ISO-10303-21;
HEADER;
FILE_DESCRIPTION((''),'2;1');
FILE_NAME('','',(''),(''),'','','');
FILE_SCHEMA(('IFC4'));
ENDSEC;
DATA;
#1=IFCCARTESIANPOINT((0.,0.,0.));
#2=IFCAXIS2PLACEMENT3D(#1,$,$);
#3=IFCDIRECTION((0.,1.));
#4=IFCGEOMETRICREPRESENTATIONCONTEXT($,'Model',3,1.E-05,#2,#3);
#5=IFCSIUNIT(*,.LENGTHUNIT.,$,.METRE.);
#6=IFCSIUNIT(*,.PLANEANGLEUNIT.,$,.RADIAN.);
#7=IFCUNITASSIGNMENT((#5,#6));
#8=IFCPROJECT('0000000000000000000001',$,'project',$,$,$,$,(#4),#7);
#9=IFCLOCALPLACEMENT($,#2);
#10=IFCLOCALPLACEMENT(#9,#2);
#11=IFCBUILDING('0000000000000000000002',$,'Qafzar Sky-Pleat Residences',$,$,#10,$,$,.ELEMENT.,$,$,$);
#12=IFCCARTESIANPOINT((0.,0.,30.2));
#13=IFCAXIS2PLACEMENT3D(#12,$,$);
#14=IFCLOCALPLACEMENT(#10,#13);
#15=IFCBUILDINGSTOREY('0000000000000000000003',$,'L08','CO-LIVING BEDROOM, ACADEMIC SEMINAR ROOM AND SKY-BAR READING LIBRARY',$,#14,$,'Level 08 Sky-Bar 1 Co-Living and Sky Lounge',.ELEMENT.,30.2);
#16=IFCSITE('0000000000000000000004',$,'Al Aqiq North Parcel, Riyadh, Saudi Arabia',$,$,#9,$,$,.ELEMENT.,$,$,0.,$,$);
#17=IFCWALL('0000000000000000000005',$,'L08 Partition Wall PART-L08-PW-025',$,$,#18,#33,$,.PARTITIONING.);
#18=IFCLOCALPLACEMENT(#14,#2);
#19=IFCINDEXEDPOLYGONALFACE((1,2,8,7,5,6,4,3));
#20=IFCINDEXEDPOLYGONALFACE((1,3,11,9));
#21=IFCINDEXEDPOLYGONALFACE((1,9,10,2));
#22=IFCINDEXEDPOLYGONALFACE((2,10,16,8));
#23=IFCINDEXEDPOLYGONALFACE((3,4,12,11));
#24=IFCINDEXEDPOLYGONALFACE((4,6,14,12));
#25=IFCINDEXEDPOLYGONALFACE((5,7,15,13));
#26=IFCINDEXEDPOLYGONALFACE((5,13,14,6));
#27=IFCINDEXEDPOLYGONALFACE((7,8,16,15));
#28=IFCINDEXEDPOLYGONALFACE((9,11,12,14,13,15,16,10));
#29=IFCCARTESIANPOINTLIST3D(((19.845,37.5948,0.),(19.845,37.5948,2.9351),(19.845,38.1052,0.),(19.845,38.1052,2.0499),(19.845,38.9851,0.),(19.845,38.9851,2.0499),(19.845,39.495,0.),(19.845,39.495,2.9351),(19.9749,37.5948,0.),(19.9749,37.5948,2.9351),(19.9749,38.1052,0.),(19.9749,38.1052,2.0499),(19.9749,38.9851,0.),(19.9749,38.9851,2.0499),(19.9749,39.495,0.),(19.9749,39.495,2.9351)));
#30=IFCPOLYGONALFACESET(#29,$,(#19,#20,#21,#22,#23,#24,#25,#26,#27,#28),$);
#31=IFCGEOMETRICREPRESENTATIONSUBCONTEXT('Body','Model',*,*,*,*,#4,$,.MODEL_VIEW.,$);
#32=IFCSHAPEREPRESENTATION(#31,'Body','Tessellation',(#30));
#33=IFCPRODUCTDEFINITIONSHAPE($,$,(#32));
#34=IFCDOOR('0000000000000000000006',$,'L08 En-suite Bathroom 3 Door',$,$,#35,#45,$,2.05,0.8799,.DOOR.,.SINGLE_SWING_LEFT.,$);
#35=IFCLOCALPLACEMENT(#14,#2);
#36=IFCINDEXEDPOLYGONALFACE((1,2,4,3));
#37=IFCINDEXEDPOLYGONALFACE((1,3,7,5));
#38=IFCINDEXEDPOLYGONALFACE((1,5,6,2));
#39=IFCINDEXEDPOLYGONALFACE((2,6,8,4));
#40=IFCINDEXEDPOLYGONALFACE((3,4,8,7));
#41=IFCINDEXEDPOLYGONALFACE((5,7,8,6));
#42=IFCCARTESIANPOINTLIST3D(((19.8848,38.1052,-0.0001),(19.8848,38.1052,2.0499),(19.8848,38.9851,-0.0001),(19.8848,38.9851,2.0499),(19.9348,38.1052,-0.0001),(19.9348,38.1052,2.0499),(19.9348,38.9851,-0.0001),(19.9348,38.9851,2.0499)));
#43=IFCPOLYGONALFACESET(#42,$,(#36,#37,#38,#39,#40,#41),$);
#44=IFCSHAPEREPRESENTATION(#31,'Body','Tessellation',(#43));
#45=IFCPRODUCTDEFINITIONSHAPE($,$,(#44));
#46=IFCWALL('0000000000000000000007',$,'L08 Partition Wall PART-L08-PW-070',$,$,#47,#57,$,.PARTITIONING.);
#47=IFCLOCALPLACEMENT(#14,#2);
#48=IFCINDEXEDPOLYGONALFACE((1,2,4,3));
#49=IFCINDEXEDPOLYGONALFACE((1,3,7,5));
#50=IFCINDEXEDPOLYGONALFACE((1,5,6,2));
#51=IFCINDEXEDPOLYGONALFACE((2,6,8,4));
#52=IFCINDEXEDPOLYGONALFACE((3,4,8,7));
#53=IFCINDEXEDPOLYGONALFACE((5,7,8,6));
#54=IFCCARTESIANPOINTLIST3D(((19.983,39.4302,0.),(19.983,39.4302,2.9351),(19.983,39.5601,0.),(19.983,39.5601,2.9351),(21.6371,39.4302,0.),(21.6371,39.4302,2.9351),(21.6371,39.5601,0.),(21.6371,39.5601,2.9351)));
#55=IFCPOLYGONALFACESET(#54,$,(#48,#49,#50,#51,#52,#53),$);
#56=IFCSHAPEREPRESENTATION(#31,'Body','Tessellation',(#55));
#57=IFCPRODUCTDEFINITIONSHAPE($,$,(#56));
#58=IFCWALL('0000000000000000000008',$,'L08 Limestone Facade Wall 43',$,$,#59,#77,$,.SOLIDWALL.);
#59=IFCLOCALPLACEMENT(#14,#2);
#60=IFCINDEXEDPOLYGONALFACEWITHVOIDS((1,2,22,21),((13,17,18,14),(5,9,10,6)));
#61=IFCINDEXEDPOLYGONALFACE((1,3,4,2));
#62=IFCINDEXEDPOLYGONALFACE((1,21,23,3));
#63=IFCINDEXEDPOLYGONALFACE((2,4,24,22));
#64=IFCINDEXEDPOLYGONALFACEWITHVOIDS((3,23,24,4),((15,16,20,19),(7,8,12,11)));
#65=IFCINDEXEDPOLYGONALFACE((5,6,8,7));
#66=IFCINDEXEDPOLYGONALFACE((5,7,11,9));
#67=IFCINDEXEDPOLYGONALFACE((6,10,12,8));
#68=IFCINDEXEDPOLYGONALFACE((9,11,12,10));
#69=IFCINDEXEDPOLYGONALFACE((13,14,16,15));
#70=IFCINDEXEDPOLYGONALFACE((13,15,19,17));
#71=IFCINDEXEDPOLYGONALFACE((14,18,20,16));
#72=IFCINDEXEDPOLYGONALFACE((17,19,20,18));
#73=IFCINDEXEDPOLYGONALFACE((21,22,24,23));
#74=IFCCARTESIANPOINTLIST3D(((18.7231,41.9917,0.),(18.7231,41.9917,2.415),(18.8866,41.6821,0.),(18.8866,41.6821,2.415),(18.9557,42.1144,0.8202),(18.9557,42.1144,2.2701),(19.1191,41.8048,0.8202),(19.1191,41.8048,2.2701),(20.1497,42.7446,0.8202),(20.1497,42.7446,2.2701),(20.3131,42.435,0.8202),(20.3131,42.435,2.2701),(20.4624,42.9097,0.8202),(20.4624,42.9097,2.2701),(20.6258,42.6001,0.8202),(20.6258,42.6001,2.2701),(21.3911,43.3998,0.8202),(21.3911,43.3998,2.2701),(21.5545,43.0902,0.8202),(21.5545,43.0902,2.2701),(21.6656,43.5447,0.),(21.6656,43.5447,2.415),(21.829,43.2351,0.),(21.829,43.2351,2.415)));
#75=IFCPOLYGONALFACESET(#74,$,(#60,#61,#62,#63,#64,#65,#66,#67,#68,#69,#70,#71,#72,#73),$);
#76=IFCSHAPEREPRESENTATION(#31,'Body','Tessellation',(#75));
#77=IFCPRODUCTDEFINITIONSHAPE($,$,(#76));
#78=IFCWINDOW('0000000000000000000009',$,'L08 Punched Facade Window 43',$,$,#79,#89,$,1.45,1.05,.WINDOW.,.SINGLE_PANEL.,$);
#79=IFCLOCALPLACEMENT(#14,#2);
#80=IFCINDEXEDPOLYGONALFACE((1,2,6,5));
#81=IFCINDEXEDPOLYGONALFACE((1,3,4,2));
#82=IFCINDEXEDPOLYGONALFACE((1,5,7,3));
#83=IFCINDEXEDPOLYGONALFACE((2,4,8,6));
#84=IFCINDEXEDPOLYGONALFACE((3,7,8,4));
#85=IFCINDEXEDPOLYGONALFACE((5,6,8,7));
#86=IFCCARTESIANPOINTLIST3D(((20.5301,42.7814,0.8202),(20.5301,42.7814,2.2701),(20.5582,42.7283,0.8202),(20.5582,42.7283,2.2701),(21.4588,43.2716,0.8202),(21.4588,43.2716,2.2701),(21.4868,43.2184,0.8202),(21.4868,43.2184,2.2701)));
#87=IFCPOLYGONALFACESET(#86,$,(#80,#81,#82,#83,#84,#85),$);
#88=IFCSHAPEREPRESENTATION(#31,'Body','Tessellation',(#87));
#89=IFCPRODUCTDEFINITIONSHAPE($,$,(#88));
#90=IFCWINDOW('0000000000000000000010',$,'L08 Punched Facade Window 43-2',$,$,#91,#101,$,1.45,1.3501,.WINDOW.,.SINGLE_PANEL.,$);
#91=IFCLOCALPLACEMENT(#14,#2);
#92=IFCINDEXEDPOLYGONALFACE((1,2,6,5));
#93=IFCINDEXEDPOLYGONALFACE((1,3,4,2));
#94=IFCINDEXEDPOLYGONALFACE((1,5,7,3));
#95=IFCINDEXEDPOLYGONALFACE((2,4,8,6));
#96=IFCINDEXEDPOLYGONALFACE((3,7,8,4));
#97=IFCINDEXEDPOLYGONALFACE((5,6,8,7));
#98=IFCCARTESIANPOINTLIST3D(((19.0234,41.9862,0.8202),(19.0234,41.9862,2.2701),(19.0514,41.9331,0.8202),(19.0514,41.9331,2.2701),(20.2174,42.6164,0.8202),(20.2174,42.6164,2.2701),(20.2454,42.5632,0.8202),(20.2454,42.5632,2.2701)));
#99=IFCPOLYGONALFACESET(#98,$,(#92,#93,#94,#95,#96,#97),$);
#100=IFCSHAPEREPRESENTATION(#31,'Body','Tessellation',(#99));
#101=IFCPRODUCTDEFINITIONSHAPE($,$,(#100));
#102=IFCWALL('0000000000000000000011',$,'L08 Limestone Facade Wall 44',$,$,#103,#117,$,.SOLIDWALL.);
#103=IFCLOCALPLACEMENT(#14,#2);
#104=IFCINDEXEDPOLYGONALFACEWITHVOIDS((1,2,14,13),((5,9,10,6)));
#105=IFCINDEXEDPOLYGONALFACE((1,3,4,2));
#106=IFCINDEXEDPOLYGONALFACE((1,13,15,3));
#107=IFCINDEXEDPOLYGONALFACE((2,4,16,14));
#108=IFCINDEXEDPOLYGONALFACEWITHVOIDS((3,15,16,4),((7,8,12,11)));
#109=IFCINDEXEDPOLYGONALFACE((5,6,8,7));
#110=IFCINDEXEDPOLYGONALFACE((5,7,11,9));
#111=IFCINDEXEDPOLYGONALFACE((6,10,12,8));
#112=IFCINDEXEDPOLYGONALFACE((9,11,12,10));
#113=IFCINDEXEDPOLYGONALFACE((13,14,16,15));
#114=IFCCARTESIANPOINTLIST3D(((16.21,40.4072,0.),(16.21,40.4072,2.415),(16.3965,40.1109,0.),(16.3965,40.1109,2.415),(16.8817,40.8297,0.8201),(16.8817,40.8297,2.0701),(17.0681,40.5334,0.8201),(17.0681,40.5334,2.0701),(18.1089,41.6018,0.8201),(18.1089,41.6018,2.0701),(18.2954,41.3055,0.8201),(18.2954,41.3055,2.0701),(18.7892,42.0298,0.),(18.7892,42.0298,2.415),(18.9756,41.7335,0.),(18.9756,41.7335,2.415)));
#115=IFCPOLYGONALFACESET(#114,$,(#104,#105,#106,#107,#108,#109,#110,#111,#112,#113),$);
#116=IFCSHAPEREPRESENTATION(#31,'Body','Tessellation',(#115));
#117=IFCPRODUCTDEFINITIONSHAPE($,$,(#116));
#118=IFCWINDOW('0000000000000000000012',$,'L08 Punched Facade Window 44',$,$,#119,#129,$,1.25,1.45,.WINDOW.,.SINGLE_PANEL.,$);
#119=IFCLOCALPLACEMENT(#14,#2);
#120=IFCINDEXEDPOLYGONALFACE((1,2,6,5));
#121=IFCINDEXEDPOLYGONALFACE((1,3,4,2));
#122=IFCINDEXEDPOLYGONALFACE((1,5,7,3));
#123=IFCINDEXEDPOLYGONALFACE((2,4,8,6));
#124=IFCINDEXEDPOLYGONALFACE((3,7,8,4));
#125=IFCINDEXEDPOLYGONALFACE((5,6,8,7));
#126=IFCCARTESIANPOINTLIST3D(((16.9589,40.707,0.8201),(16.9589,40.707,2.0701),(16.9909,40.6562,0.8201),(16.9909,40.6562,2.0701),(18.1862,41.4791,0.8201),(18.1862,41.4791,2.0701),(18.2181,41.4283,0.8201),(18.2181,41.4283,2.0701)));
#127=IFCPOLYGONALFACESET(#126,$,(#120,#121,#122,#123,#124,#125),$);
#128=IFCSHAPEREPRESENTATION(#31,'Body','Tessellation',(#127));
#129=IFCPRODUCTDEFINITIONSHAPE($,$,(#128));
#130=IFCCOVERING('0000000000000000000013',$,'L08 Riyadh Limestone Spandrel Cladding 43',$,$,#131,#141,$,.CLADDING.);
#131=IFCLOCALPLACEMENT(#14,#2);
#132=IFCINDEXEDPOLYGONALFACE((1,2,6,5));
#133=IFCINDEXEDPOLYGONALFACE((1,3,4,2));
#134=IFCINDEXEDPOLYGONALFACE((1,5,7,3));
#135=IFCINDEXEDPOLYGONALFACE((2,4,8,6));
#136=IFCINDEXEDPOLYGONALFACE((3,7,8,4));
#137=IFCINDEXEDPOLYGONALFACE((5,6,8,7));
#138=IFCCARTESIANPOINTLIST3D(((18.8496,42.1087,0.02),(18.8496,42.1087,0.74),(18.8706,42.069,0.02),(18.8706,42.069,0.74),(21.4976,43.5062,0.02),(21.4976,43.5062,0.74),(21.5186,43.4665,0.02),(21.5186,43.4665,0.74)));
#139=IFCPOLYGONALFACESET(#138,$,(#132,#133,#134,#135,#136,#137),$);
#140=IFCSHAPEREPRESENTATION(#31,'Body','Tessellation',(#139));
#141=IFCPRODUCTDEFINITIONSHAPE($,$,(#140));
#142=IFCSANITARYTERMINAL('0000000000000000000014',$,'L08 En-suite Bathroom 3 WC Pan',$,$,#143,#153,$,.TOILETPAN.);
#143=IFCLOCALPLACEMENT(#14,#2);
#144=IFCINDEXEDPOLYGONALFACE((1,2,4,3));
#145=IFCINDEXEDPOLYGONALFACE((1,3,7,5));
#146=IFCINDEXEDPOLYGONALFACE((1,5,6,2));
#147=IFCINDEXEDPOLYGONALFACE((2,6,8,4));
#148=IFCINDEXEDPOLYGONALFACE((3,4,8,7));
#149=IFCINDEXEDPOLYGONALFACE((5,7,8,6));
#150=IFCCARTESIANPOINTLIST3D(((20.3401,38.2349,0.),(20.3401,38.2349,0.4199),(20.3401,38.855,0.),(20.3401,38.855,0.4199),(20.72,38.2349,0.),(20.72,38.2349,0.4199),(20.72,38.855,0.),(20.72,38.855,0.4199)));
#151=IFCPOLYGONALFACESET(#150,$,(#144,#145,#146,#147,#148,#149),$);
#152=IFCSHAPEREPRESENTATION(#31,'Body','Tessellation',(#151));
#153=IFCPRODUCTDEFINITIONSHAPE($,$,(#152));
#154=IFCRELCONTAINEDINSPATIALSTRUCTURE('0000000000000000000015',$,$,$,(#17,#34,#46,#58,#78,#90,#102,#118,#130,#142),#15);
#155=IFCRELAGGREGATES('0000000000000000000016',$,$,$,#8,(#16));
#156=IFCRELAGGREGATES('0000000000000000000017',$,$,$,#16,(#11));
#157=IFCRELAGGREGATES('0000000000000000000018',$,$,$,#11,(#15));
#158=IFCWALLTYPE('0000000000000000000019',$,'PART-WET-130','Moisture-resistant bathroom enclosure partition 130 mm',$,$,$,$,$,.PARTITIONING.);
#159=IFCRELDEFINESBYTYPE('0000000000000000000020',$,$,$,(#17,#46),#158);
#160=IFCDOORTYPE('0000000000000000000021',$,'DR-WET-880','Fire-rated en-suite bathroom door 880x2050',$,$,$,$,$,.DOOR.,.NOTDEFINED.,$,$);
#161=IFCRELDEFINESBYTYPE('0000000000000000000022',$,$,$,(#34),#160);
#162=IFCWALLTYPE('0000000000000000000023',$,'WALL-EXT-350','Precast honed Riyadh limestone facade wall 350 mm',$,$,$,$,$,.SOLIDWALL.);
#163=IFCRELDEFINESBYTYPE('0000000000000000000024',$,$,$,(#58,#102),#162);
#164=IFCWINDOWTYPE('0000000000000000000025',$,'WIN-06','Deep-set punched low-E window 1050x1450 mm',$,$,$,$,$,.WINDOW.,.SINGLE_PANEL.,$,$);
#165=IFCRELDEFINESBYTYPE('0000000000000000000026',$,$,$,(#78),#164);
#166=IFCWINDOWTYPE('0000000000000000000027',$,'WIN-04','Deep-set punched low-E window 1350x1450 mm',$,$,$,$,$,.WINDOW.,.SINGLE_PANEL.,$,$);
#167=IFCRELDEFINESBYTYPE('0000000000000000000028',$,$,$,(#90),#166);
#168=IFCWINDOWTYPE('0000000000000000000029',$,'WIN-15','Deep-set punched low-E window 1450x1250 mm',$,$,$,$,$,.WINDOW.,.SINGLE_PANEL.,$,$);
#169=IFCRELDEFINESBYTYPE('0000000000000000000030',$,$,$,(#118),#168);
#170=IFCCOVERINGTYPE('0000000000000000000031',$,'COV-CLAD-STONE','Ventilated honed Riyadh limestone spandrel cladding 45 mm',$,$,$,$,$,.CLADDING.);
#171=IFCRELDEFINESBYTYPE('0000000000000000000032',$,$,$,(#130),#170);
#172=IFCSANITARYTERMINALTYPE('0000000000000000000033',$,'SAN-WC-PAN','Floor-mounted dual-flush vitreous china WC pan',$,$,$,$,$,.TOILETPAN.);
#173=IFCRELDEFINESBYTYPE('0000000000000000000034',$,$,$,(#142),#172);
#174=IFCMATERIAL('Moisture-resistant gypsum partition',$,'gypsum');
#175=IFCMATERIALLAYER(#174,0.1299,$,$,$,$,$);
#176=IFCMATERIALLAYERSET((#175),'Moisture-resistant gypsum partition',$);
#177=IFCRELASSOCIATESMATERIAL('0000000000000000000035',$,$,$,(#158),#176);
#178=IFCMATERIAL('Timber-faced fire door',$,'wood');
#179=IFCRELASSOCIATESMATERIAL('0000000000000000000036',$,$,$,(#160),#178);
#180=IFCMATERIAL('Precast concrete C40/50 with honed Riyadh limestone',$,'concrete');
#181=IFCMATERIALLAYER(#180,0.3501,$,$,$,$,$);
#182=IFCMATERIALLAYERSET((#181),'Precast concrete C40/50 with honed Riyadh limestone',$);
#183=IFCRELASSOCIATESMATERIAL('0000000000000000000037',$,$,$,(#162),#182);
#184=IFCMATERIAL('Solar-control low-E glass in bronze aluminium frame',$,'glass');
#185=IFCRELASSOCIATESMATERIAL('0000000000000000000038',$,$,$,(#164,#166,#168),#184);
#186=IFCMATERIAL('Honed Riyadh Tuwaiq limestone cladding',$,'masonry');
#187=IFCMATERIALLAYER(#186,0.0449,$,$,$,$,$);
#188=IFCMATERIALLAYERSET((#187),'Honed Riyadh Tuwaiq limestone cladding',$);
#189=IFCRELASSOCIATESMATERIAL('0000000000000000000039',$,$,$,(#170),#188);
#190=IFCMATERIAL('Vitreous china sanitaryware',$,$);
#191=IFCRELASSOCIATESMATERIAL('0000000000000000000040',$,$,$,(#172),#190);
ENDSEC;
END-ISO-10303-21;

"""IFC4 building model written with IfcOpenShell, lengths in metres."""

from ifc_helpers import new_model, si_unit, direction, frame, frame_2d, origin, origin_2d, place, context, subcontext, project, spatial, rectangle, extrude, source, transform, mapped, material, layer, layer_set, type_object, element, fill, save


model = new_model("IFC4")

# Units and contexts
model_context = context("Model", 3, precision=1e-05, world=origin(), true_north=direction((0.0, 1.0)))
body_context = subcontext(model_context, "Body", "Model", "MODEL_VIEW")
ifc_project = project(units=[si_unit("LENGTHUNIT", "METRE"), si_unit("PLANEANGLEUNIT", "RADIAN")], contexts=[model_context])

# Site, building, storey
site_placement = place(None, origin())
site = spatial("IfcSite", under=ifc_project, at=site_placement, Name="Al Aqiq North Parcel, Riyadh, Saudi Arabia", CompositionType="ELEMENT", RefElevation=0.0)
building_placement = place(site_placement, origin())
building = spatial("IfcBuilding", under=site, at=building_placement, Name="Qafzar Sky-Pleat Residences", CompositionType="ELEMENT")
storey_placement = place(building_placement, frame((0.0, 0.0, 30.2)))
storey = spatial("IfcBuildingStorey", under=building, at=storey_placement, Name="L08", Description="CO-LIVING BEDROOM, ACADEMIC SEMINAR ROOM AND SKY-BAR READING LIBRARY", LongName="Level 08 Sky-Bar 1 Co-Living and Sky Lounge", CompositionType="ELEMENT", Elevation=30.2)

# Wall, opening, door
ifc_material_1 = material(Name="Moisture-resistant gypsum partition", Category="gypsum")
ifc_layer_1 = layer(ifc_material_1, 0.1299)
ifc_layer_set_1 = layer_set([ifc_layer_1], Name="Moisture-resistant gypsum partition")
wall_type_1 = type_object("IfcWallType", Name="PART-WET-130", Description="Moisture-resistant bathroom enclosure partition 130 mm", PredefinedType="PARTITIONING", material=ifc_layer_set_1)
wall_1_placement = place(storey_placement, frame((19.9099, 39.4951, 0.0), z_axis=(0.0, 0.0, 1.0), x_axis=(0.0, -1.0, 0.0)))
wall_1 = element("IfcWall", 1, at=wall_1_placement, inside=storey, type_object=wall_type_1, Name="L08 Partition Wall PART-L08-PW-025", PredefinedType="PARTITIONING", context=body_context, shape_type="SweptSolid", body=[
    extrude(rectangle(XDim=1.9001, YDim=0.1299, at=frame_2d((0.9502, 0.0))), origin(), (0.0, 0.0, 1.0), 2.9351),
])
opening_1_placement = place(wall_1_placement, frame((0.51, 0.0, 0.0)))
opening_1 = element("IfcOpeningElement", 2, at=opening_1_placement, cuts=wall_1, PredefinedType="OPENING", context=body_context, shape_type="SweptSolid", body=[
    extrude(rectangle(XDim=0.8799, YDim=2.05, at=frame_2d((0.4399, 1.0249))), frame((0.0, 0.075, 0.0), z_axis=(0.0, -1.0, 0.0), x_axis=(1.0, 0.0, 0.0)), (0.0, 0.0, 1.0), 0.1499),
])
ifc_material_2 = material(Name="Timber-faced fire door", Category="wood")
door_type = type_object("IfcDoorType", Name="DR-WET-880", Description="Fire-rated en-suite bathroom door 880x2050", OperationType="NOTDEFINED", PredefinedType="DOOR", material=ifc_material_2)
shared_shape_1 = source(origin(), body_context, "Body", "SweptSolid", [
    extrude(rectangle(XDim=0.8799, YDim=2.05, at=frame_2d((0.4399, 1.0249))), frame((0.0, 0.0249, 0.0), z_axis=(0.0, -1.0, 0.0), x_axis=(1.0, 0.0, 0.0)), (0.0, 0.0, 1.0), 0.05),
])
door_placement = place(opening_1_placement, origin())
door = element("IfcDoor", 3, at=door_placement, inside=storey, type_object=door_type, Name="L08 En-suite Bathroom 3 Door", OperationType="SINGLE_SWING_LEFT", OverallHeight=2.05, OverallWidth=0.8799, PredefinedType="DOOR", context=body_context, shape_type="MappedRepresentation", body=[
    mapped(shared_shape_1, transform((0.0, 0.0, 0.0), x_axis=(1.0, 0.0, 0.0), y_axis=(0.0, 1.0, 0.0), z_axis=(0.0, 0.0, 1.0), scale=1.0)),
])
fill(opening_1, door)

# Wall
wall_2_placement = place(storey_placement, frame((19.9829, 39.4951, 0.0), z_axis=(0.0, 0.0, 1.0), x_axis=(1.0, 0.0, 0.0)))
element("IfcWall", 4, at=wall_2_placement, inside=storey, type_object=wall_type_1, Name="L08 Partition Wall PART-L08-PW-070", PredefinedType="PARTITIONING", context=body_context, shape_type="SweptSolid", body=[
    extrude(rectangle(XDim=1.6541, YDim=0.1299, at=frame_2d((0.8271, 0.0))), origin(), (0.0, 0.0, 1.0), 2.9351),
])

# Wall, openings, windows
ifc_material_3 = material(Name="Precast concrete C40/50 with honed Riyadh limestone", Category="concrete")
ifc_layer_2 = layer(ifc_material_3, 0.3501)
ifc_layer_set_2 = layer_set([ifc_layer_2], Name="Precast concrete C40/50 with honed Riyadh limestone")
wall_type_2 = type_object("IfcWallType", Name="WALL-EXT-350", Description="Precast honed Riyadh limestone facade wall 350 mm", PredefinedType="SOLIDWALL", material=ifc_layer_set_2)
wall_3_placement = place(storey_placement, frame((21.7473, 43.3899, 0.0), z_axis=(0.0, 0.0, 1.0), x_axis=(-0.884378, -0.466771, 0.0)))
wall_3 = element("IfcWall", 5, at=wall_3_placement, inside=storey, type_object=wall_type_2, Name="L08 Limestone Facade Wall 43", PredefinedType="SOLIDWALL", context=body_context, shape_type="SweptSolid", body=[
    extrude(rectangle(XDim=3.3271, YDim=0.3501, at=frame_2d((1.6636, 0.0))), origin(), (0.0, 0.0, 1.0), 2.415),
])
opening_2_placement = place(wall_3_placement, frame((0.3105, 0.0, 0.8201)))
opening_2 = element("IfcOpeningElement", 6, at=opening_2_placement, cuts=wall_3, PredefinedType="OPENING", context=body_context, shape_type="SweptSolid", body=[
    extrude(rectangle(XDim=1.05, YDim=1.45, at=frame_2d((0.5249, 0.7251))), frame((0.0, 0.1851, 0.0), z_axis=(0.0, -1.0, 0.0), x_axis=(1.0, 0.0, 0.0)), (0.0, 0.0, 1.0), 0.3701),
])
opening_3_placement = place(wall_3_placement, frame((1.7141, 0.0, 0.8201)))
opening_3 = element("IfcOpeningElement", 7, at=opening_3_placement, cuts=wall_3, PredefinedType="OPENING", context=body_context, shape_type="SweptSolid", body=[
    extrude(rectangle(XDim=1.3501, YDim=1.45, at=frame_2d((0.675, 0.7251))), frame((0.0, 0.1851, 0.0), z_axis=(0.0, -1.0, 0.0), x_axis=(1.0, 0.0, 0.0)), (0.0, 0.0, 1.0), 0.3701),
])
ifc_material_4 = material(Name="Solar-control low-E glass in bronze aluminium frame", Category="glass")
window_type_1 = type_object("IfcWindowType", Name="WIN-06", Description="Deep-set punched low-E window 1050x1450 mm", PartitioningType="SINGLE_PANEL", PredefinedType="WINDOW", material=ifc_material_4)
shared_shape_2 = source(origin(), body_context, "Body", "SweptSolid", [
    extrude(rectangle(XDim=1.05, YDim=1.45, at=frame_2d((0.5249, 0.7251))), frame((0.0, 0.03, 0.0), z_axis=(0.0, -1.0, 0.0), x_axis=(1.0, 0.0, 0.0)), (0.0, 0.0, 1.0), 0.0601),
])
window_1_placement = place(opening_2_placement, origin())
window_1 = element("IfcWindow", 8, at=window_1_placement, inside=storey, type_object=window_type_1, Name="L08 Punched Facade Window 43", OverallHeight=1.45, OverallWidth=1.05, PartitioningType="SINGLE_PANEL", PredefinedType="WINDOW", context=body_context, shape_type="MappedRepresentation", body=[
    mapped(shared_shape_2, transform((0.0, 0.0, 0.0), x_axis=(1.0, 0.0, 0.0), y_axis=(0.0, 1.0, 0.0), z_axis=(0.0, 0.0, 1.0), scale=1.0)),
])
fill(opening_2, window_1)
window_type_2 = type_object("IfcWindowType", Name="WIN-04", Description="Deep-set punched low-E window 1350x1450 mm", PartitioningType="SINGLE_PANEL", PredefinedType="WINDOW", material=ifc_material_4)
shared_shape_3 = source(origin(), body_context, "Body", "SweptSolid", [
    extrude(rectangle(XDim=1.3501, YDim=1.45, at=frame_2d((0.675, 0.7251))), frame((0.0, 0.03, 0.0), z_axis=(0.0, -1.0, 0.0), x_axis=(1.0, 0.0, 0.0)), (0.0, 0.0, 1.0), 0.0601),
])
window_2_placement = place(opening_3_placement, origin())
window_2 = element("IfcWindow", 9, at=window_2_placement, inside=storey, type_object=window_type_2, Name="L08 Punched Facade Window 43-2", OverallHeight=1.45, OverallWidth=1.3501, PartitioningType="SINGLE_PANEL", PredefinedType="WINDOW", context=body_context, shape_type="MappedRepresentation", body=[
    mapped(shared_shape_3, transform((0.0, 0.0, 0.0), x_axis=(1.0, 0.0, 0.0), y_axis=(0.0, 1.0, 0.0), z_axis=(0.0, 0.0, 1.0), scale=1.0)),
])
fill(opening_3, window_2)

# Wall, opening, window
wall_4_placement = place(storey_placement, frame((18.8823, 41.8816, 0.0), z_axis=(0.0, 0.0, 1.0), x_axis=(-0.846428, -0.532503, 0.0)))
wall_4 = element("IfcWall", 10, at=wall_4_placement, inside=storey, type_object=wall_type_2, Name="L08 Limestone Facade Wall 44", PredefinedType="SOLIDWALL", context=body_context, shape_type="SweptSolid", body=[
    extrude(rectangle(XDim=3.0471, YDim=0.3501, at=frame_2d((1.5234, 0.0))), origin(), (0.0, 0.0, 1.0), 2.415),
])
opening_4_placement = place(wall_4_placement, frame((0.8035, 0.0, 0.8201)))
opening_4 = element("IfcOpeningElement", 11, at=opening_4_placement, cuts=wall_4, PredefinedType="OPENING", context=body_context, shape_type="SweptSolid", body=[
    extrude(rectangle(XDim=1.45, YDim=1.25, at=frame_2d((0.7251, 0.625))), frame((0.0, 0.1851, 0.0), z_axis=(0.0, -1.0, 0.0), x_axis=(1.0, 0.0, 0.0)), (0.0, 0.0, 1.0), 0.3701),
])
window_type_3 = type_object("IfcWindowType", Name="WIN-15", Description="Deep-set punched low-E window 1450x1250 mm", PartitioningType="SINGLE_PANEL", PredefinedType="WINDOW", material=ifc_material_4)
shared_shape_4 = source(origin(), body_context, "Body", "SweptSolid", [
    extrude(rectangle(XDim=1.45, YDim=1.25, at=frame_2d((0.7251, 0.625))), frame((0.0, 0.03, 0.0), z_axis=(0.0, -1.0, 0.0), x_axis=(1.0, 0.0, 0.0)), (0.0, 0.0, 1.0), 0.0601),
])
window_3_placement = place(opening_4_placement, origin())
window_3 = element("IfcWindow", 12, at=window_3_placement, inside=storey, type_object=window_type_3, Name="L08 Punched Facade Window 44", OverallHeight=1.25, OverallWidth=1.45, PartitioningType="SINGLE_PANEL", PredefinedType="WINDOW", context=body_context, shape_type="MappedRepresentation", body=[
    mapped(shared_shape_4, transform((0.0, 0.0, 0.0), x_axis=(1.0, 0.0, 0.0), y_axis=(0.0, 1.0, 0.0), z_axis=(0.0, 0.0, 1.0), scale=1.0)),
])
fill(opening_4, window_3)

# Covering
ifc_material_5 = material(Name="Honed Riyadh Tuwaiq limestone cladding", Category="masonry")
ifc_layer_3 = layer(ifc_material_5, 0.0449)
ifc_layer_set_3 = layer_set([ifc_layer_3], Name="Honed Riyadh Tuwaiq limestone cladding")
covering_type = type_object("IfcCoveringType", Name="COV-CLAD-STONE", Description="Ventilated honed Riyadh limestone spandrel cladding 45 mm", PredefinedType="CLADDING", material=ifc_layer_set_3)
shared_shape_5 = source(origin(), body_context, "Body", "SweptSolid", [
    extrude(rectangle(XDim=2.9941, YDim=0.0449, at=origin_2d()), origin(), (0.0, 0.0, 1.0), 0.72),
])
covering_placement = place(storey_placement, frame((20.1841, 42.7876, 0.02), z_axis=(0.0, 0.0, 1.0), x_axis=(-0.884388, -0.466752, 0.0)))
element("IfcCovering", 13, at=covering_placement, inside=storey, type_object=covering_type, Name="L08 Riyadh Limestone Spandrel Cladding 43", PredefinedType="CLADDING", context=body_context, shape_type="MappedRepresentation", body=[
    mapped(shared_shape_5, transform((0.0, 0.0, 0.0), x_axis=(1.0, 0.0, 0.0), y_axis=(0.0, 1.0, 0.0), z_axis=(0.0, 0.0, 1.0), scale=1.0)),
])

# Sanitary terminal
ifc_material_6 = material(Name="Vitreous china sanitaryware")
sanitary_terminal_type_1 = type_object("IfcSanitaryTerminalType", Name="SAN-WC-PAN", Description="Floor-mounted dual-flush vitreous china WC pan", PredefinedType="TOILETPAN", material=ifc_material_6)
shared_shape_6 = source(origin(), body_context, "Body", "SweptSolid", [
    extrude(rectangle(XDim=0.3799, YDim=0.6201, at=origin_2d()), origin(), (0.0, 0.0, 1.0), 0.4199),
])
sanitary_terminal_1_placement = place(storey_placement, frame((20.53, 38.5449, 0.0), z_axis=(0.0, 0.0, 1.0), x_axis=(1.0, 0.0, 0.0)))
element("IfcSanitaryTerminal", 14, at=sanitary_terminal_1_placement, inside=storey, type_object=sanitary_terminal_type_1, Name="L08 En-suite Bathroom 3 WC Pan", PredefinedType="TOILETPAN", context=body_context, shape_type="MappedRepresentation", body=[
    mapped(shared_shape_6, transform((0.0, 0.0, 0.0), x_axis=(1.0, 0.0, 0.0), y_axis=(0.0, 1.0, 0.0), z_axis=(0.0, 0.0, 1.0), scale=1.0)),
])

save(model, "model.ifc")
